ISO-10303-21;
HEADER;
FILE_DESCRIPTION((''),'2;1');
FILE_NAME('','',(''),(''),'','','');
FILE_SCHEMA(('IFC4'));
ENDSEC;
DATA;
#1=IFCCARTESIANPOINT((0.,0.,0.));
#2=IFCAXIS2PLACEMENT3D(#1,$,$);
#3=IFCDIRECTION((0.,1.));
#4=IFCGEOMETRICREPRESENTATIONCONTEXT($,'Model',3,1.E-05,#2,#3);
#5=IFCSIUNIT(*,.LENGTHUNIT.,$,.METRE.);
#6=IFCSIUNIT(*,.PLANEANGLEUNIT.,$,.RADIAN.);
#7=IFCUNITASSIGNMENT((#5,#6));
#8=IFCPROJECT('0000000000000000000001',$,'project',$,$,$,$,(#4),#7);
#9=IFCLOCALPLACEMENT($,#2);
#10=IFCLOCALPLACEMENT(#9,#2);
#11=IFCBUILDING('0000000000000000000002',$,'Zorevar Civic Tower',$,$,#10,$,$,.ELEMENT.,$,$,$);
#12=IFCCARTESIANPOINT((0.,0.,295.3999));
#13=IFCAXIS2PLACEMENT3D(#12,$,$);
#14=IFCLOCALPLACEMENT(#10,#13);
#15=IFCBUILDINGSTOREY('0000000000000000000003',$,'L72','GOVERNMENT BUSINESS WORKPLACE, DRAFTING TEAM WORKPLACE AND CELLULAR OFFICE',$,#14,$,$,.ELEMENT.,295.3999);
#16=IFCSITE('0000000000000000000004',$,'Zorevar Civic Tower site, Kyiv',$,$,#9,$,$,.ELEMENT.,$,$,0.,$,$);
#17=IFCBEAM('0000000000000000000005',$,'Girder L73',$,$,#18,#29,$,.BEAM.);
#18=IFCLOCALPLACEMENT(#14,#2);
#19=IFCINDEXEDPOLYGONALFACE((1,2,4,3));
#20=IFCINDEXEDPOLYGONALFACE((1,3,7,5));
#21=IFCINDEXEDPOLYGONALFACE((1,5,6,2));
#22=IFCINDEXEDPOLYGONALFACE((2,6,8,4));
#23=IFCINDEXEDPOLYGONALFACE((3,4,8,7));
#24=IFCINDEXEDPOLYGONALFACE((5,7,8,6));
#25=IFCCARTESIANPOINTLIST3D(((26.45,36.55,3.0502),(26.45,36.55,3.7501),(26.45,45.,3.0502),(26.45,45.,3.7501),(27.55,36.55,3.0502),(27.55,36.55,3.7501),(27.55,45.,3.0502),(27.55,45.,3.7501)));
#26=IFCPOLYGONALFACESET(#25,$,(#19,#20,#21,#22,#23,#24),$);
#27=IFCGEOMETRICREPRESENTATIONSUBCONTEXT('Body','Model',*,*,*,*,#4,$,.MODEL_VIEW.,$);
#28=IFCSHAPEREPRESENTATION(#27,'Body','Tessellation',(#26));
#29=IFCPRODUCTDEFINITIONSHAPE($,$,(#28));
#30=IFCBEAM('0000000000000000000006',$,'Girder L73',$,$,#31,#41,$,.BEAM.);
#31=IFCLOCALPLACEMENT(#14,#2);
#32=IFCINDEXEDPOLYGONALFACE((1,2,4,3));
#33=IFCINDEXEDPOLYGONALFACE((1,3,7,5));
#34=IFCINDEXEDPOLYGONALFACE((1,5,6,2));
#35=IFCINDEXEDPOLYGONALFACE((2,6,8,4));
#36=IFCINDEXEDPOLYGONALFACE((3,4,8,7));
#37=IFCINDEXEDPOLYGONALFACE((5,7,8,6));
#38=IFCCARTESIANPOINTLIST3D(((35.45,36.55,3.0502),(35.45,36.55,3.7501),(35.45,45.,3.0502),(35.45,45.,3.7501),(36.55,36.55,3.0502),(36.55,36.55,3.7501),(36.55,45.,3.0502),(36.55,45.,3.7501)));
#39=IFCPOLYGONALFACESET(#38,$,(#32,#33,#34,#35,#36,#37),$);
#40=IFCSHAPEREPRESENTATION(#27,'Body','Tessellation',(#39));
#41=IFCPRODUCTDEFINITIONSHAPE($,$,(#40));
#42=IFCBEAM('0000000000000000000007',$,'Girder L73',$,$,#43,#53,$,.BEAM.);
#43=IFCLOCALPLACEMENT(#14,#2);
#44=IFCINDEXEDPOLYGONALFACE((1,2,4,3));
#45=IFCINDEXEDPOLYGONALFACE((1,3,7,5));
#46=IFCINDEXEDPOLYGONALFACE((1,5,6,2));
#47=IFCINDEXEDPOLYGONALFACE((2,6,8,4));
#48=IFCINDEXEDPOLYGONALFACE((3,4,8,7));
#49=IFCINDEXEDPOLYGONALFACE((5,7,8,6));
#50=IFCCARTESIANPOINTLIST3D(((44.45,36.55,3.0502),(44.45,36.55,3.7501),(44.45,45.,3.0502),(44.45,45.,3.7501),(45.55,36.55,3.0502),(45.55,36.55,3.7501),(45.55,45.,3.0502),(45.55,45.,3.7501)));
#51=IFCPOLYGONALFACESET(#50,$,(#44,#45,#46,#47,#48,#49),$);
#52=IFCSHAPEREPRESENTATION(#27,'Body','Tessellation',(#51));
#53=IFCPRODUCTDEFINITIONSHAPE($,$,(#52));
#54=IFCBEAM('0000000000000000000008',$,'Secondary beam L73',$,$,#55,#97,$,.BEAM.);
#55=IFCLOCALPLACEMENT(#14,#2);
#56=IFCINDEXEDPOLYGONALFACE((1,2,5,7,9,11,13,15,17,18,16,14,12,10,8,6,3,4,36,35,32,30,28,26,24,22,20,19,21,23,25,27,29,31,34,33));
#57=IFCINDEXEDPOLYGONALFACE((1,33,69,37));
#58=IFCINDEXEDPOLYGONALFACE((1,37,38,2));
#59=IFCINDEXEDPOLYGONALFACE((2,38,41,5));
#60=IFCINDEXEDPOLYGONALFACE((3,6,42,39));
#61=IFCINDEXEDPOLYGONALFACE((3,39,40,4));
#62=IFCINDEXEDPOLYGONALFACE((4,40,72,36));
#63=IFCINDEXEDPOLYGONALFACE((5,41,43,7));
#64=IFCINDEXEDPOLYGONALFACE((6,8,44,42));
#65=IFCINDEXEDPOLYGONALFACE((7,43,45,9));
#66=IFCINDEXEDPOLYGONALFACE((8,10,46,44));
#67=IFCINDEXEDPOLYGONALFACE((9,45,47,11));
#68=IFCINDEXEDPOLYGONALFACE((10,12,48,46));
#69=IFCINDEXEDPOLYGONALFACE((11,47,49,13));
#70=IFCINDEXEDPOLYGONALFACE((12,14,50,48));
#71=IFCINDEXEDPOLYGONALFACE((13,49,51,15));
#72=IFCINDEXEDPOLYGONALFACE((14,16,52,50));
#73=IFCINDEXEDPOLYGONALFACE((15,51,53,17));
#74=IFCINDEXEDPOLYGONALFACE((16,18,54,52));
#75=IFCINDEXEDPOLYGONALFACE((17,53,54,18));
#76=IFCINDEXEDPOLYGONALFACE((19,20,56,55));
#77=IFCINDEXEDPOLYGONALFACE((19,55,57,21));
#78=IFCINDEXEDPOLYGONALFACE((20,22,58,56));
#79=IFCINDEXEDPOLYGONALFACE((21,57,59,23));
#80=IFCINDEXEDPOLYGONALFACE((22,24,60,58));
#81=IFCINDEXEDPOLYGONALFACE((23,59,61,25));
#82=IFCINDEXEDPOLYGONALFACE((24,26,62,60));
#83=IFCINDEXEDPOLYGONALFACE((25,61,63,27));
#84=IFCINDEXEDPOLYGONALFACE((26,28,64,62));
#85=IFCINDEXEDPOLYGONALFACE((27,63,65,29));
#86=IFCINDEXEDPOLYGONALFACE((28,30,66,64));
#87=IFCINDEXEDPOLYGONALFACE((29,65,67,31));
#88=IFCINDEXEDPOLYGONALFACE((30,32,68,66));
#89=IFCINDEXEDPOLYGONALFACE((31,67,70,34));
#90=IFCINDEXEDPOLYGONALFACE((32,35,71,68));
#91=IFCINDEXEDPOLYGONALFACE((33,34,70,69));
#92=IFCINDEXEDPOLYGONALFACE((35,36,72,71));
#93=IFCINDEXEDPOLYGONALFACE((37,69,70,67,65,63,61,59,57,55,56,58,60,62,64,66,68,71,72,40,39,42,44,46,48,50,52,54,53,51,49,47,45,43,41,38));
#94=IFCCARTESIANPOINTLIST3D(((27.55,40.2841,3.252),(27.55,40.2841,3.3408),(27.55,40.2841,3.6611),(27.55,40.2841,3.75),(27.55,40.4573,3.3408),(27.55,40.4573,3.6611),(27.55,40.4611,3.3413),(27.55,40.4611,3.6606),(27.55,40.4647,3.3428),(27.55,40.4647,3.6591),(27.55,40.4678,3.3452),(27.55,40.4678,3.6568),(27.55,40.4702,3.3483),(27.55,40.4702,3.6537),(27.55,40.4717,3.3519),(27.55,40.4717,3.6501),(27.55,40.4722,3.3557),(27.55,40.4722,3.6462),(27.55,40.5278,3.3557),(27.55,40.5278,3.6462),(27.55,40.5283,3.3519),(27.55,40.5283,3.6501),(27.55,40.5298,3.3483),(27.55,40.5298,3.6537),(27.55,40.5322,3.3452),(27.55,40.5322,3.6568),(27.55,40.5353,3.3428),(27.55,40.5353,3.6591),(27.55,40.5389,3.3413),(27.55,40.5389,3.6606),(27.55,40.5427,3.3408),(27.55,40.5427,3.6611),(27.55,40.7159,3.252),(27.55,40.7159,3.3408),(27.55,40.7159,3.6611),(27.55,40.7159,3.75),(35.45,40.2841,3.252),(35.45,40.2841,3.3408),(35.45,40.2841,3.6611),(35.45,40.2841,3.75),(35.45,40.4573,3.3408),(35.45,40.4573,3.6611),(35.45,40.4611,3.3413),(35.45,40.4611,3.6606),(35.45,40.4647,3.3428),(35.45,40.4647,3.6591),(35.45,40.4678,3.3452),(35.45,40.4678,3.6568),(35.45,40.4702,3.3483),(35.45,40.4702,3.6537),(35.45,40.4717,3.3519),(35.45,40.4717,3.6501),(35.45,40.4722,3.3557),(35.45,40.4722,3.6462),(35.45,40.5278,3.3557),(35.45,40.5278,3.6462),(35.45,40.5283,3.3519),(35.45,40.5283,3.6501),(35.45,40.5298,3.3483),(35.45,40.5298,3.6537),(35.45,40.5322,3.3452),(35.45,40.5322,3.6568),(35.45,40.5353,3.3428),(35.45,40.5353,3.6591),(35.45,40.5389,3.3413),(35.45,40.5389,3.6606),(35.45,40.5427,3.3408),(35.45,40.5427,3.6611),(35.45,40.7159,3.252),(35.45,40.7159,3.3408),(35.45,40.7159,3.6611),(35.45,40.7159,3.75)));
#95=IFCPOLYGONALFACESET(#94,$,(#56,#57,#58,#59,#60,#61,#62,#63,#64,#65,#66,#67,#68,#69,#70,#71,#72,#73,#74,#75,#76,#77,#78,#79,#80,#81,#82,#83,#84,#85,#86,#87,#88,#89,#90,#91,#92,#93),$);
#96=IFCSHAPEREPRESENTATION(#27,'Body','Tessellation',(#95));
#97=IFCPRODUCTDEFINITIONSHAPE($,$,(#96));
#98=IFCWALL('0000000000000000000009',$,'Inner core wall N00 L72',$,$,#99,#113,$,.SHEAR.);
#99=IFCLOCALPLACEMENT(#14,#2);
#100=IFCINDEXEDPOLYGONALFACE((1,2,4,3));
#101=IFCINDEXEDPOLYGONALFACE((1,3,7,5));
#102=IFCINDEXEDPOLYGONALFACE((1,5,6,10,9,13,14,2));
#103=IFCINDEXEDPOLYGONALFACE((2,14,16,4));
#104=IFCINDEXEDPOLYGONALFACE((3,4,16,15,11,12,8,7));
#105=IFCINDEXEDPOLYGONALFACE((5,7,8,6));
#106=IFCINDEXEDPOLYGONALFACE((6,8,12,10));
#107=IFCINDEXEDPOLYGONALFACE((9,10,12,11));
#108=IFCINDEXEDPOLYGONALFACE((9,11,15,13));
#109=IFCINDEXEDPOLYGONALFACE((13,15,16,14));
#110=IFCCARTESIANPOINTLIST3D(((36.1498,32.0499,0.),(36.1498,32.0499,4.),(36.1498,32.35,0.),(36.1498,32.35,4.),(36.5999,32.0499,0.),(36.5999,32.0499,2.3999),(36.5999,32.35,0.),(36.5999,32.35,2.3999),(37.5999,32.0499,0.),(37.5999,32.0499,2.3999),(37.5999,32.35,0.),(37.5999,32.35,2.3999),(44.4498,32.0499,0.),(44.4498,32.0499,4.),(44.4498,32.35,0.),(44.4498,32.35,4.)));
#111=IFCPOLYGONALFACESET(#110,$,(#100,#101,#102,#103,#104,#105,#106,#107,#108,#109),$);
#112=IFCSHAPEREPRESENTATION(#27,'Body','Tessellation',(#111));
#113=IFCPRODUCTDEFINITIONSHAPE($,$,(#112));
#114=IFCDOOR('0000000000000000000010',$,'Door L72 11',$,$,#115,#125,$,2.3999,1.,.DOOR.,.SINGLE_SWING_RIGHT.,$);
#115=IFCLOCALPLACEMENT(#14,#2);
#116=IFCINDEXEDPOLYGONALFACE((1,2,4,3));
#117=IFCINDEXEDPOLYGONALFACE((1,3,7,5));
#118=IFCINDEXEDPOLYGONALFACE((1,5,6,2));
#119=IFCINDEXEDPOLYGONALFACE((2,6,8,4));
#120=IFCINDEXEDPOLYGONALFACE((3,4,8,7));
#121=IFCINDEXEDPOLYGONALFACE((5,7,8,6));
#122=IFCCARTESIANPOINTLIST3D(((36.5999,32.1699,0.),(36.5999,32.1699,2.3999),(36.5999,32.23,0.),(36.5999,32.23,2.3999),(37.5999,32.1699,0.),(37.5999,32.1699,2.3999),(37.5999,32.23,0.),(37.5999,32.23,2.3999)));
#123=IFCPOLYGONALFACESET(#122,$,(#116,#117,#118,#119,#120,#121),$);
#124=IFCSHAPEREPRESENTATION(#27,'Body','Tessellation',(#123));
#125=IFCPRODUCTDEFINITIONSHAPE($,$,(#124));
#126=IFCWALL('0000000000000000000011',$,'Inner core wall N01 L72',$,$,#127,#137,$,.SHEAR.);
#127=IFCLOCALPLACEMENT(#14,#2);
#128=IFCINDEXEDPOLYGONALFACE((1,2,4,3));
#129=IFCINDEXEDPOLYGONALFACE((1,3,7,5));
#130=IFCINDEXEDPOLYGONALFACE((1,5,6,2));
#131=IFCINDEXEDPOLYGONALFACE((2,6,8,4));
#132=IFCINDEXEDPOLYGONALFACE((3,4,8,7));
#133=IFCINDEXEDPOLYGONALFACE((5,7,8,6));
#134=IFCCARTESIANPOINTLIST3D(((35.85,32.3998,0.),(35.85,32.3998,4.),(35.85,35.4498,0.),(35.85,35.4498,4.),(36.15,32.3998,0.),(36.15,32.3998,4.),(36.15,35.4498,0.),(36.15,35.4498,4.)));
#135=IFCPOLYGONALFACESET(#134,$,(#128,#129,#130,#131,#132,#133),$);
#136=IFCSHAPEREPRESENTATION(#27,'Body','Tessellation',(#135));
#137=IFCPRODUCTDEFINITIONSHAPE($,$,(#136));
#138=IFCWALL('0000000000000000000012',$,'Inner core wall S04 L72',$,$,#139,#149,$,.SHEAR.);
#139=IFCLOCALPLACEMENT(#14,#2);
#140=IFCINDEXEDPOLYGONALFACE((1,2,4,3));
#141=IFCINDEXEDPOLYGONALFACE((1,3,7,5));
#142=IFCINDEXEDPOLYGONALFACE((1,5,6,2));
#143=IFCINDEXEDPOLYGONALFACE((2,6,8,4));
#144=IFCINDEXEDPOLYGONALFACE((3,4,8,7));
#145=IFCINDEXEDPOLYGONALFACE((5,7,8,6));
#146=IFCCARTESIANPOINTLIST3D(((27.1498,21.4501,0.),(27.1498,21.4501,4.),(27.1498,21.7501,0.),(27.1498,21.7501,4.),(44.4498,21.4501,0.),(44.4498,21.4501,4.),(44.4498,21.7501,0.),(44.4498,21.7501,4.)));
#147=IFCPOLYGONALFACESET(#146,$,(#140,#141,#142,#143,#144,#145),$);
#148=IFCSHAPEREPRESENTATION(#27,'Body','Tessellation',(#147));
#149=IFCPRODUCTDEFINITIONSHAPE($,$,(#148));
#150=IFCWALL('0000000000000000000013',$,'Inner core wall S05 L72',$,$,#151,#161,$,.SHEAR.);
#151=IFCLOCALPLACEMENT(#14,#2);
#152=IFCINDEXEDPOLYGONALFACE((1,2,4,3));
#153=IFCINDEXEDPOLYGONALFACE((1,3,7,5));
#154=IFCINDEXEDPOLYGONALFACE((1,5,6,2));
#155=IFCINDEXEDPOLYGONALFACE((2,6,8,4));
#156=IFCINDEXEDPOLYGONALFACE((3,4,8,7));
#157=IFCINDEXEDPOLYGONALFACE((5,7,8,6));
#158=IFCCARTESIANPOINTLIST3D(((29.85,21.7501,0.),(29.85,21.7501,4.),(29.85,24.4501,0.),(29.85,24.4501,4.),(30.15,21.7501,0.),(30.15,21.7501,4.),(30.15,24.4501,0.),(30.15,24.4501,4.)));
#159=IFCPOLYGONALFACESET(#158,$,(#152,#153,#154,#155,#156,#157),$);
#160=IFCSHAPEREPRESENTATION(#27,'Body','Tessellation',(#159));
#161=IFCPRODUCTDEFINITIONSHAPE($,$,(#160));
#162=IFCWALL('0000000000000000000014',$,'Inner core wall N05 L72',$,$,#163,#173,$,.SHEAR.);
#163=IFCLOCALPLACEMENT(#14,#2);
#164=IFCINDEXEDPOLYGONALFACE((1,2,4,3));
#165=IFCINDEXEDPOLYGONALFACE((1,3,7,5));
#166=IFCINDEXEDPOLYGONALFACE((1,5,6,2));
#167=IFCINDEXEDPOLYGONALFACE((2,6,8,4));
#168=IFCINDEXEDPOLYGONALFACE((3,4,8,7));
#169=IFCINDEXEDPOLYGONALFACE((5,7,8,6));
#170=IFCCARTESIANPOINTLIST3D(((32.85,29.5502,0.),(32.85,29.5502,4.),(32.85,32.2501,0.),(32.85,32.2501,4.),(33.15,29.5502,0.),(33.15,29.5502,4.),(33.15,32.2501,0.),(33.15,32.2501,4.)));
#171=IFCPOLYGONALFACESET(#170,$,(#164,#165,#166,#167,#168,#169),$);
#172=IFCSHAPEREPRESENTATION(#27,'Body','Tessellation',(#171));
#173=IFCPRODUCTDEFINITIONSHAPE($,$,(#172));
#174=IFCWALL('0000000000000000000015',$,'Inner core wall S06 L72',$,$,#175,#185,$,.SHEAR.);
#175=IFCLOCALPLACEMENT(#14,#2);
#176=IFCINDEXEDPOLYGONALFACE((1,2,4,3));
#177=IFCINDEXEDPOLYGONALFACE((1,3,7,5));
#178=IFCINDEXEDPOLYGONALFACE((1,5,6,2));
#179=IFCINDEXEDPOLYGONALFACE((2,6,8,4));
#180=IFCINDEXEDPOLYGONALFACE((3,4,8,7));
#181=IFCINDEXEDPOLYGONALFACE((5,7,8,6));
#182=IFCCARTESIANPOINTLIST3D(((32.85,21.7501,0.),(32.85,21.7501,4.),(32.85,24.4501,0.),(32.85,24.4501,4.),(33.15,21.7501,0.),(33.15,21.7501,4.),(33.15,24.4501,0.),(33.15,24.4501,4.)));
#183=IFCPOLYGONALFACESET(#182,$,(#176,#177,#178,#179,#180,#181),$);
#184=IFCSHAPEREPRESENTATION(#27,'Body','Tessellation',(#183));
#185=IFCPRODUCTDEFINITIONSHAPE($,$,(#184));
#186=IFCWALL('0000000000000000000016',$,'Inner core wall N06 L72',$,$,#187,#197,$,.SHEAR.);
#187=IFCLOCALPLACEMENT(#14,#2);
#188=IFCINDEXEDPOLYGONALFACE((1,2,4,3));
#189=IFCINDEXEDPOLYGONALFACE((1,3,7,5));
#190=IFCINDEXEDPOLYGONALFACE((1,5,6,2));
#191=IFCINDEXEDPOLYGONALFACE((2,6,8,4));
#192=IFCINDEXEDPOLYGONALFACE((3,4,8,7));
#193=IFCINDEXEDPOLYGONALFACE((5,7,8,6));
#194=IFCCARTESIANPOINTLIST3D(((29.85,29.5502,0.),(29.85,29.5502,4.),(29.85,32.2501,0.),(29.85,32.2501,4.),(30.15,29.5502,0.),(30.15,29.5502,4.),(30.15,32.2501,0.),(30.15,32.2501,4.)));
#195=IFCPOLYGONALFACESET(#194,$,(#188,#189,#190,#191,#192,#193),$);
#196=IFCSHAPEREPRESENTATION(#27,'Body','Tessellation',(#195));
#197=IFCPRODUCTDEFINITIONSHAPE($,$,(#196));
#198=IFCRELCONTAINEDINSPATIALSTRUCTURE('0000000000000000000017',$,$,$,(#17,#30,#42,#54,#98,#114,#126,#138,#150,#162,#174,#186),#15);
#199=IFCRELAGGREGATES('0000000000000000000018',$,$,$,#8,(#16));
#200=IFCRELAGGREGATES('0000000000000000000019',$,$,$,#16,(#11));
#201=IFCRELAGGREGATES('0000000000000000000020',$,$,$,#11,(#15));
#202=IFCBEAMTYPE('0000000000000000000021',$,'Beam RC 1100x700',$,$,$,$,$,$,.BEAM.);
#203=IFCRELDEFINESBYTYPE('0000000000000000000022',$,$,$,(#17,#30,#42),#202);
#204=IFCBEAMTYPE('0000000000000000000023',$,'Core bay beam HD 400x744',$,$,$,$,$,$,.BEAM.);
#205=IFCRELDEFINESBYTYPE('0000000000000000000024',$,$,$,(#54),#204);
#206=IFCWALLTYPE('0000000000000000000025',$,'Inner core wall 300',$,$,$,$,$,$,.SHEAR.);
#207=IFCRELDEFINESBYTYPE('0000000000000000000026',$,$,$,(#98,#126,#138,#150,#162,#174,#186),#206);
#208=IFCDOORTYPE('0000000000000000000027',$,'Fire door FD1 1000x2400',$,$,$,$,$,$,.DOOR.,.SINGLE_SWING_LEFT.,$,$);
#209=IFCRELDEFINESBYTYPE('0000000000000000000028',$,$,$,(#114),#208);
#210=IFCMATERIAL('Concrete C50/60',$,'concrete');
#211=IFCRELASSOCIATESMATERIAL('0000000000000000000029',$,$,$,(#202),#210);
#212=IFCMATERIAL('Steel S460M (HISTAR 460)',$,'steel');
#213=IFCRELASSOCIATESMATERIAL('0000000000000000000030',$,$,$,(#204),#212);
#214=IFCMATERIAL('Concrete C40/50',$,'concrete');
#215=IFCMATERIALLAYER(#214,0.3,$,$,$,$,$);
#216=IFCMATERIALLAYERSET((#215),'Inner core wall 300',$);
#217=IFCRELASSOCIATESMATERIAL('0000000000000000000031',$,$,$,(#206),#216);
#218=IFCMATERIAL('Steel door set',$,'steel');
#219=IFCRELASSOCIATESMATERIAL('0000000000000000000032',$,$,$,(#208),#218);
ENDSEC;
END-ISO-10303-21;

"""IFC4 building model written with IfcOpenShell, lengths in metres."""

from ifc_helpers import new_model, si_unit, direction, frame, frame_2d, origin, origin_2d, place, context, subcontext, project, spatial, rectangle, i_section, extrude, material, layer, layer_set, material_profile, profile_set, type_object, element, fill, save


model = new_model("IFC4")

# Units and contexts
model_context = context("Model", 3, precision=1e-05, world=origin(), true_north=direction((0.0, 1.0)))
body_context = subcontext(model_context, "Body", "Model", "MODEL_VIEW")
ifc_project = project(units=[si_unit("LENGTHUNIT", "METRE"), si_unit("PLANEANGLEUNIT", "RADIAN")], contexts=[model_context])

# Site, building, storey
site_placement = place(None, origin())
site = spatial("IfcSite", under=ifc_project, at=site_placement, Name="Zorevar Civic Tower site, Kyiv", CompositionType="ELEMENT", RefElevation=0.0)
building_placement = place(site_placement, origin())
building = spatial("IfcBuilding", under=site, at=building_placement, Name="Zorevar Civic Tower", CompositionType="ELEMENT")
storey_placement = place(building_placement, frame((0.0, 0.0, 295.3999)))
storey = spatial("IfcBuildingStorey", under=building, at=storey_placement, Name="L72", Description="GOVERNMENT BUSINESS WORKPLACE, DRAFTING TEAM WORKPLACE AND CELLULAR OFFICE", CompositionType="ELEMENT", Elevation=295.3999)

# Beams
ifc_material_1 = material(Name="Concrete C50/60", Category="concrete")
ifc_material_profile_1 = material_profile(ifc_material_1, rectangle(XDim=1.1001, YDim=0.7, at=origin_2d()), Name="RC 1100x700")
ifc_profile_set_1 = profile_set([ifc_material_profile_1], Name="Concrete C50/60")
beam_type_1 = type_object("IfcBeamType", Name="Beam RC 1100x700", PredefinedType="BEAM", material=ifc_profile_set_1)
for number, where, z_axis, x_axis, name in (
    (1, (27.0, 36.55, 3.4001), (0.0, 1.0, 0.0), (-1.0, 0.0, 0.0), "Girder L73"),
    (2, (36.0, 36.55, 3.4001), (0.0, 1.0, 0.0), (-1.0, 0.0, 0.0), "Girder L73"),
    (3, (45.0, 36.55, 3.4001), (0.0, 1.0, 0.0), (-1.0, 0.0, 0.0), "Girder L73"),
):
    element("IfcBeam", number, at=place(storey_placement, frame(where, z_axis=z_axis, x_axis=x_axis)), inside=storey, type_object=beam_type_1, Name=name, PredefinedType="BEAM", context=body_context, shape_type="SweptSolid", body=[
        extrude(rectangle(XDim=1.1001, YDim=0.7, at=origin_2d()), origin(), (0.0, 0.0, 1.0), 8.45),
    ])
ifc_material_2 = material(Name="Steel S460M (HISTAR 460)", Category="steel")
ifc_material_profile_2 = material_profile(ifc_material_2, i_section(OverallWidth=0.4319, OverallDepth=0.498, WebThickness=0.0557, FlangeThickness=0.0889, FilletRadius=0.0149, at=origin_2d()), Name="HD 400x744")
ifc_profile_set_2 = profile_set([ifc_material_profile_2], Name="Steel S460M (HISTAR 460)")
beam_type_2 = type_object("IfcBeamType", Name="Core bay beam HD 400x744", PredefinedType="BEAM", material=ifc_profile_set_2)
beam_placement = place(storey_placement, frame((27.55, 40.5, 3.501), z_axis=(1.0, 0.0, 0.0), x_axis=(0.0, 1.0, 0.0)))
element("IfcBeam", 4, at=beam_placement, inside=storey, type_object=beam_type_2, Name="Secondary beam L73", PredefinedType="BEAM", context=body_context, shape_type="SweptSolid", body=[
    extrude(i_section(OverallWidth=0.4319, OverallDepth=0.498, WebThickness=0.0557, FlangeThickness=0.0889, FilletRadius=0.0149, at=origin_2d()), origin(), (0.0, 0.0, 1.0), 7.8999),
])

# Wall, opening, door
ifc_material_3 = material(Name="Concrete C40/50", Category="concrete")
ifc_layer_1 = layer(ifc_material_3, 0.3)
ifc_layer_set_1 = layer_set([ifc_layer_1], Name="Inner core wall 300")
wall_type_1 = type_object("IfcWallType", Name="Inner core wall 300", PredefinedType="SHEAR", material=ifc_layer_set_1)
wall_1_placement = place(storey_placement, frame((36.1499, 32.2, 0.0), z_axis=(0.0, 0.0, 1.0), x_axis=(1.0, 0.0, 0.0)))
wall_1 = element("IfcWall", 5, at=wall_1_placement, inside=storey, type_object=wall_type_1, Name="Inner core wall N00 L72", PredefinedType="SHEAR", context=body_context, shape_type="SweptSolid", body=[
    extrude(rectangle(XDim=8.3, YDim=0.3, at=frame_2d((4.1499, 0.0))), origin(), (0.0, 0.0, 1.0), 4.0),
])
opening_1_placement = place(wall_1_placement, frame((0.45, 0.0, 0.0)))
opening_1 = element("IfcOpeningElement", 6, at=opening_1_placement, cuts=wall_1, PredefinedType="OPENING", context=body_context, shape_type="SweptSolid", body=[
    extrude(rectangle(XDim=1.0, YDim=2.3999, at=frame_2d((0.5, 1.2))), frame((0.0, 0.1599, 0.0), z_axis=(0.0, -1.0, 0.0), x_axis=(1.0, 0.0, 0.0)), (0.0, 0.0, 1.0), 0.3201),
])
ifc_material_4 = material(Name="Steel door set", Category="steel")
door_type_1 = type_object("IfcDoorType", Name="Fire door FD1 1000x2400", OperationType="SINGLE_SWING_LEFT", PredefinedType="DOOR", material=ifc_material_4)
door_1_placement = place(opening_1_placement, origin())
door_1 = element("IfcDoor", 7, at=door_1_placement, inside=storey, type_object=door_type_1, Name="Door L72 11", OperationType="SINGLE_SWING_RIGHT", OverallHeight=2.3999, OverallWidth=1.0, PredefinedType="DOOR", context=body_context, shape_type="SweptSolid", body=[
    extrude(rectangle(XDim=1.0, YDim=2.3999, at=frame_2d((0.5, 1.2))), frame((0.0, 0.03, 0.0), z_axis=(0.0, -1.0, 0.0), x_axis=(1.0, 0.0, 0.0)), (0.0, 0.0, 1.0), 0.0601),
])
fill(opening_1, door_1)

# Wall
wall_2_placement = place(storey_placement, frame((36.0, 32.3999, 0.0), z_axis=(0.0, 0.0, 1.0), x_axis=(0.0, 1.0, 0.0)))
element("IfcWall", 8, at=wall_2_placement, inside=storey, type_object=wall_type_1, Name="Inner core wall N01 L72", PredefinedType="SHEAR", context=body_context, shape_type="SweptSolid", body=[
    extrude(rectangle(XDim=3.05, YDim=0.3, at=frame_2d((1.5249, 0.0))), origin(), (0.0, 0.0, 1.0), 4.0),
])

# Walls
wall_3_placement = place(storey_placement, frame((27.1499, 21.6001, 0.0), z_axis=(0.0, 0.0, 1.0), x_axis=(1.0, 0.0, 0.0)))
element("IfcWall", 9, at=wall_3_placement, inside=storey, type_object=wall_type_1, Name="Inner core wall S04 L72", PredefinedType="SHEAR", context=body_context, shape_type="SweptSolid", body=[
    extrude(rectangle(XDim=17.3, YDim=0.3, at=frame_2d((8.6499, 0.0))), origin(), (0.0, 0.0, 1.0), 4.0),
])
for number, where, z_axis, x_axis, name in (
    (10, (30.0, 21.75, 0.0), (0.0, 0.0, 1.0), (0.0, 1.0, 0.0), "Inner core wall S05 L72"),
    (11, (33.0, 29.55, 0.0), (0.0, 0.0, 1.0), (0.0, 1.0, 0.0), "Inner core wall N05 L72"),
    (12, (33.0, 21.75, 0.0), (0.0, 0.0, 1.0), (0.0, 1.0, 0.0), "Inner core wall S06 L72"),
    (13, (30.0, 29.55, 0.0), (0.0, 0.0, 1.0), (0.0, 1.0, 0.0), "Inner core wall N06 L72"),
):
    element("IfcWall", number, at=place(storey_placement, frame(where, z_axis=z_axis, x_axis=x_axis)), inside=storey, type_object=wall_type_1, Name=name, PredefinedType="SHEAR", context=body_context, shape_type="SweptSolid", body=[
        extrude(rectangle(XDim=2.7, YDim=0.3, at=frame_2d((1.3501, 0.0))), origin(), (0.0, 0.0, 1.0), 4.0),
    ])

save(model, "model.ifc")
